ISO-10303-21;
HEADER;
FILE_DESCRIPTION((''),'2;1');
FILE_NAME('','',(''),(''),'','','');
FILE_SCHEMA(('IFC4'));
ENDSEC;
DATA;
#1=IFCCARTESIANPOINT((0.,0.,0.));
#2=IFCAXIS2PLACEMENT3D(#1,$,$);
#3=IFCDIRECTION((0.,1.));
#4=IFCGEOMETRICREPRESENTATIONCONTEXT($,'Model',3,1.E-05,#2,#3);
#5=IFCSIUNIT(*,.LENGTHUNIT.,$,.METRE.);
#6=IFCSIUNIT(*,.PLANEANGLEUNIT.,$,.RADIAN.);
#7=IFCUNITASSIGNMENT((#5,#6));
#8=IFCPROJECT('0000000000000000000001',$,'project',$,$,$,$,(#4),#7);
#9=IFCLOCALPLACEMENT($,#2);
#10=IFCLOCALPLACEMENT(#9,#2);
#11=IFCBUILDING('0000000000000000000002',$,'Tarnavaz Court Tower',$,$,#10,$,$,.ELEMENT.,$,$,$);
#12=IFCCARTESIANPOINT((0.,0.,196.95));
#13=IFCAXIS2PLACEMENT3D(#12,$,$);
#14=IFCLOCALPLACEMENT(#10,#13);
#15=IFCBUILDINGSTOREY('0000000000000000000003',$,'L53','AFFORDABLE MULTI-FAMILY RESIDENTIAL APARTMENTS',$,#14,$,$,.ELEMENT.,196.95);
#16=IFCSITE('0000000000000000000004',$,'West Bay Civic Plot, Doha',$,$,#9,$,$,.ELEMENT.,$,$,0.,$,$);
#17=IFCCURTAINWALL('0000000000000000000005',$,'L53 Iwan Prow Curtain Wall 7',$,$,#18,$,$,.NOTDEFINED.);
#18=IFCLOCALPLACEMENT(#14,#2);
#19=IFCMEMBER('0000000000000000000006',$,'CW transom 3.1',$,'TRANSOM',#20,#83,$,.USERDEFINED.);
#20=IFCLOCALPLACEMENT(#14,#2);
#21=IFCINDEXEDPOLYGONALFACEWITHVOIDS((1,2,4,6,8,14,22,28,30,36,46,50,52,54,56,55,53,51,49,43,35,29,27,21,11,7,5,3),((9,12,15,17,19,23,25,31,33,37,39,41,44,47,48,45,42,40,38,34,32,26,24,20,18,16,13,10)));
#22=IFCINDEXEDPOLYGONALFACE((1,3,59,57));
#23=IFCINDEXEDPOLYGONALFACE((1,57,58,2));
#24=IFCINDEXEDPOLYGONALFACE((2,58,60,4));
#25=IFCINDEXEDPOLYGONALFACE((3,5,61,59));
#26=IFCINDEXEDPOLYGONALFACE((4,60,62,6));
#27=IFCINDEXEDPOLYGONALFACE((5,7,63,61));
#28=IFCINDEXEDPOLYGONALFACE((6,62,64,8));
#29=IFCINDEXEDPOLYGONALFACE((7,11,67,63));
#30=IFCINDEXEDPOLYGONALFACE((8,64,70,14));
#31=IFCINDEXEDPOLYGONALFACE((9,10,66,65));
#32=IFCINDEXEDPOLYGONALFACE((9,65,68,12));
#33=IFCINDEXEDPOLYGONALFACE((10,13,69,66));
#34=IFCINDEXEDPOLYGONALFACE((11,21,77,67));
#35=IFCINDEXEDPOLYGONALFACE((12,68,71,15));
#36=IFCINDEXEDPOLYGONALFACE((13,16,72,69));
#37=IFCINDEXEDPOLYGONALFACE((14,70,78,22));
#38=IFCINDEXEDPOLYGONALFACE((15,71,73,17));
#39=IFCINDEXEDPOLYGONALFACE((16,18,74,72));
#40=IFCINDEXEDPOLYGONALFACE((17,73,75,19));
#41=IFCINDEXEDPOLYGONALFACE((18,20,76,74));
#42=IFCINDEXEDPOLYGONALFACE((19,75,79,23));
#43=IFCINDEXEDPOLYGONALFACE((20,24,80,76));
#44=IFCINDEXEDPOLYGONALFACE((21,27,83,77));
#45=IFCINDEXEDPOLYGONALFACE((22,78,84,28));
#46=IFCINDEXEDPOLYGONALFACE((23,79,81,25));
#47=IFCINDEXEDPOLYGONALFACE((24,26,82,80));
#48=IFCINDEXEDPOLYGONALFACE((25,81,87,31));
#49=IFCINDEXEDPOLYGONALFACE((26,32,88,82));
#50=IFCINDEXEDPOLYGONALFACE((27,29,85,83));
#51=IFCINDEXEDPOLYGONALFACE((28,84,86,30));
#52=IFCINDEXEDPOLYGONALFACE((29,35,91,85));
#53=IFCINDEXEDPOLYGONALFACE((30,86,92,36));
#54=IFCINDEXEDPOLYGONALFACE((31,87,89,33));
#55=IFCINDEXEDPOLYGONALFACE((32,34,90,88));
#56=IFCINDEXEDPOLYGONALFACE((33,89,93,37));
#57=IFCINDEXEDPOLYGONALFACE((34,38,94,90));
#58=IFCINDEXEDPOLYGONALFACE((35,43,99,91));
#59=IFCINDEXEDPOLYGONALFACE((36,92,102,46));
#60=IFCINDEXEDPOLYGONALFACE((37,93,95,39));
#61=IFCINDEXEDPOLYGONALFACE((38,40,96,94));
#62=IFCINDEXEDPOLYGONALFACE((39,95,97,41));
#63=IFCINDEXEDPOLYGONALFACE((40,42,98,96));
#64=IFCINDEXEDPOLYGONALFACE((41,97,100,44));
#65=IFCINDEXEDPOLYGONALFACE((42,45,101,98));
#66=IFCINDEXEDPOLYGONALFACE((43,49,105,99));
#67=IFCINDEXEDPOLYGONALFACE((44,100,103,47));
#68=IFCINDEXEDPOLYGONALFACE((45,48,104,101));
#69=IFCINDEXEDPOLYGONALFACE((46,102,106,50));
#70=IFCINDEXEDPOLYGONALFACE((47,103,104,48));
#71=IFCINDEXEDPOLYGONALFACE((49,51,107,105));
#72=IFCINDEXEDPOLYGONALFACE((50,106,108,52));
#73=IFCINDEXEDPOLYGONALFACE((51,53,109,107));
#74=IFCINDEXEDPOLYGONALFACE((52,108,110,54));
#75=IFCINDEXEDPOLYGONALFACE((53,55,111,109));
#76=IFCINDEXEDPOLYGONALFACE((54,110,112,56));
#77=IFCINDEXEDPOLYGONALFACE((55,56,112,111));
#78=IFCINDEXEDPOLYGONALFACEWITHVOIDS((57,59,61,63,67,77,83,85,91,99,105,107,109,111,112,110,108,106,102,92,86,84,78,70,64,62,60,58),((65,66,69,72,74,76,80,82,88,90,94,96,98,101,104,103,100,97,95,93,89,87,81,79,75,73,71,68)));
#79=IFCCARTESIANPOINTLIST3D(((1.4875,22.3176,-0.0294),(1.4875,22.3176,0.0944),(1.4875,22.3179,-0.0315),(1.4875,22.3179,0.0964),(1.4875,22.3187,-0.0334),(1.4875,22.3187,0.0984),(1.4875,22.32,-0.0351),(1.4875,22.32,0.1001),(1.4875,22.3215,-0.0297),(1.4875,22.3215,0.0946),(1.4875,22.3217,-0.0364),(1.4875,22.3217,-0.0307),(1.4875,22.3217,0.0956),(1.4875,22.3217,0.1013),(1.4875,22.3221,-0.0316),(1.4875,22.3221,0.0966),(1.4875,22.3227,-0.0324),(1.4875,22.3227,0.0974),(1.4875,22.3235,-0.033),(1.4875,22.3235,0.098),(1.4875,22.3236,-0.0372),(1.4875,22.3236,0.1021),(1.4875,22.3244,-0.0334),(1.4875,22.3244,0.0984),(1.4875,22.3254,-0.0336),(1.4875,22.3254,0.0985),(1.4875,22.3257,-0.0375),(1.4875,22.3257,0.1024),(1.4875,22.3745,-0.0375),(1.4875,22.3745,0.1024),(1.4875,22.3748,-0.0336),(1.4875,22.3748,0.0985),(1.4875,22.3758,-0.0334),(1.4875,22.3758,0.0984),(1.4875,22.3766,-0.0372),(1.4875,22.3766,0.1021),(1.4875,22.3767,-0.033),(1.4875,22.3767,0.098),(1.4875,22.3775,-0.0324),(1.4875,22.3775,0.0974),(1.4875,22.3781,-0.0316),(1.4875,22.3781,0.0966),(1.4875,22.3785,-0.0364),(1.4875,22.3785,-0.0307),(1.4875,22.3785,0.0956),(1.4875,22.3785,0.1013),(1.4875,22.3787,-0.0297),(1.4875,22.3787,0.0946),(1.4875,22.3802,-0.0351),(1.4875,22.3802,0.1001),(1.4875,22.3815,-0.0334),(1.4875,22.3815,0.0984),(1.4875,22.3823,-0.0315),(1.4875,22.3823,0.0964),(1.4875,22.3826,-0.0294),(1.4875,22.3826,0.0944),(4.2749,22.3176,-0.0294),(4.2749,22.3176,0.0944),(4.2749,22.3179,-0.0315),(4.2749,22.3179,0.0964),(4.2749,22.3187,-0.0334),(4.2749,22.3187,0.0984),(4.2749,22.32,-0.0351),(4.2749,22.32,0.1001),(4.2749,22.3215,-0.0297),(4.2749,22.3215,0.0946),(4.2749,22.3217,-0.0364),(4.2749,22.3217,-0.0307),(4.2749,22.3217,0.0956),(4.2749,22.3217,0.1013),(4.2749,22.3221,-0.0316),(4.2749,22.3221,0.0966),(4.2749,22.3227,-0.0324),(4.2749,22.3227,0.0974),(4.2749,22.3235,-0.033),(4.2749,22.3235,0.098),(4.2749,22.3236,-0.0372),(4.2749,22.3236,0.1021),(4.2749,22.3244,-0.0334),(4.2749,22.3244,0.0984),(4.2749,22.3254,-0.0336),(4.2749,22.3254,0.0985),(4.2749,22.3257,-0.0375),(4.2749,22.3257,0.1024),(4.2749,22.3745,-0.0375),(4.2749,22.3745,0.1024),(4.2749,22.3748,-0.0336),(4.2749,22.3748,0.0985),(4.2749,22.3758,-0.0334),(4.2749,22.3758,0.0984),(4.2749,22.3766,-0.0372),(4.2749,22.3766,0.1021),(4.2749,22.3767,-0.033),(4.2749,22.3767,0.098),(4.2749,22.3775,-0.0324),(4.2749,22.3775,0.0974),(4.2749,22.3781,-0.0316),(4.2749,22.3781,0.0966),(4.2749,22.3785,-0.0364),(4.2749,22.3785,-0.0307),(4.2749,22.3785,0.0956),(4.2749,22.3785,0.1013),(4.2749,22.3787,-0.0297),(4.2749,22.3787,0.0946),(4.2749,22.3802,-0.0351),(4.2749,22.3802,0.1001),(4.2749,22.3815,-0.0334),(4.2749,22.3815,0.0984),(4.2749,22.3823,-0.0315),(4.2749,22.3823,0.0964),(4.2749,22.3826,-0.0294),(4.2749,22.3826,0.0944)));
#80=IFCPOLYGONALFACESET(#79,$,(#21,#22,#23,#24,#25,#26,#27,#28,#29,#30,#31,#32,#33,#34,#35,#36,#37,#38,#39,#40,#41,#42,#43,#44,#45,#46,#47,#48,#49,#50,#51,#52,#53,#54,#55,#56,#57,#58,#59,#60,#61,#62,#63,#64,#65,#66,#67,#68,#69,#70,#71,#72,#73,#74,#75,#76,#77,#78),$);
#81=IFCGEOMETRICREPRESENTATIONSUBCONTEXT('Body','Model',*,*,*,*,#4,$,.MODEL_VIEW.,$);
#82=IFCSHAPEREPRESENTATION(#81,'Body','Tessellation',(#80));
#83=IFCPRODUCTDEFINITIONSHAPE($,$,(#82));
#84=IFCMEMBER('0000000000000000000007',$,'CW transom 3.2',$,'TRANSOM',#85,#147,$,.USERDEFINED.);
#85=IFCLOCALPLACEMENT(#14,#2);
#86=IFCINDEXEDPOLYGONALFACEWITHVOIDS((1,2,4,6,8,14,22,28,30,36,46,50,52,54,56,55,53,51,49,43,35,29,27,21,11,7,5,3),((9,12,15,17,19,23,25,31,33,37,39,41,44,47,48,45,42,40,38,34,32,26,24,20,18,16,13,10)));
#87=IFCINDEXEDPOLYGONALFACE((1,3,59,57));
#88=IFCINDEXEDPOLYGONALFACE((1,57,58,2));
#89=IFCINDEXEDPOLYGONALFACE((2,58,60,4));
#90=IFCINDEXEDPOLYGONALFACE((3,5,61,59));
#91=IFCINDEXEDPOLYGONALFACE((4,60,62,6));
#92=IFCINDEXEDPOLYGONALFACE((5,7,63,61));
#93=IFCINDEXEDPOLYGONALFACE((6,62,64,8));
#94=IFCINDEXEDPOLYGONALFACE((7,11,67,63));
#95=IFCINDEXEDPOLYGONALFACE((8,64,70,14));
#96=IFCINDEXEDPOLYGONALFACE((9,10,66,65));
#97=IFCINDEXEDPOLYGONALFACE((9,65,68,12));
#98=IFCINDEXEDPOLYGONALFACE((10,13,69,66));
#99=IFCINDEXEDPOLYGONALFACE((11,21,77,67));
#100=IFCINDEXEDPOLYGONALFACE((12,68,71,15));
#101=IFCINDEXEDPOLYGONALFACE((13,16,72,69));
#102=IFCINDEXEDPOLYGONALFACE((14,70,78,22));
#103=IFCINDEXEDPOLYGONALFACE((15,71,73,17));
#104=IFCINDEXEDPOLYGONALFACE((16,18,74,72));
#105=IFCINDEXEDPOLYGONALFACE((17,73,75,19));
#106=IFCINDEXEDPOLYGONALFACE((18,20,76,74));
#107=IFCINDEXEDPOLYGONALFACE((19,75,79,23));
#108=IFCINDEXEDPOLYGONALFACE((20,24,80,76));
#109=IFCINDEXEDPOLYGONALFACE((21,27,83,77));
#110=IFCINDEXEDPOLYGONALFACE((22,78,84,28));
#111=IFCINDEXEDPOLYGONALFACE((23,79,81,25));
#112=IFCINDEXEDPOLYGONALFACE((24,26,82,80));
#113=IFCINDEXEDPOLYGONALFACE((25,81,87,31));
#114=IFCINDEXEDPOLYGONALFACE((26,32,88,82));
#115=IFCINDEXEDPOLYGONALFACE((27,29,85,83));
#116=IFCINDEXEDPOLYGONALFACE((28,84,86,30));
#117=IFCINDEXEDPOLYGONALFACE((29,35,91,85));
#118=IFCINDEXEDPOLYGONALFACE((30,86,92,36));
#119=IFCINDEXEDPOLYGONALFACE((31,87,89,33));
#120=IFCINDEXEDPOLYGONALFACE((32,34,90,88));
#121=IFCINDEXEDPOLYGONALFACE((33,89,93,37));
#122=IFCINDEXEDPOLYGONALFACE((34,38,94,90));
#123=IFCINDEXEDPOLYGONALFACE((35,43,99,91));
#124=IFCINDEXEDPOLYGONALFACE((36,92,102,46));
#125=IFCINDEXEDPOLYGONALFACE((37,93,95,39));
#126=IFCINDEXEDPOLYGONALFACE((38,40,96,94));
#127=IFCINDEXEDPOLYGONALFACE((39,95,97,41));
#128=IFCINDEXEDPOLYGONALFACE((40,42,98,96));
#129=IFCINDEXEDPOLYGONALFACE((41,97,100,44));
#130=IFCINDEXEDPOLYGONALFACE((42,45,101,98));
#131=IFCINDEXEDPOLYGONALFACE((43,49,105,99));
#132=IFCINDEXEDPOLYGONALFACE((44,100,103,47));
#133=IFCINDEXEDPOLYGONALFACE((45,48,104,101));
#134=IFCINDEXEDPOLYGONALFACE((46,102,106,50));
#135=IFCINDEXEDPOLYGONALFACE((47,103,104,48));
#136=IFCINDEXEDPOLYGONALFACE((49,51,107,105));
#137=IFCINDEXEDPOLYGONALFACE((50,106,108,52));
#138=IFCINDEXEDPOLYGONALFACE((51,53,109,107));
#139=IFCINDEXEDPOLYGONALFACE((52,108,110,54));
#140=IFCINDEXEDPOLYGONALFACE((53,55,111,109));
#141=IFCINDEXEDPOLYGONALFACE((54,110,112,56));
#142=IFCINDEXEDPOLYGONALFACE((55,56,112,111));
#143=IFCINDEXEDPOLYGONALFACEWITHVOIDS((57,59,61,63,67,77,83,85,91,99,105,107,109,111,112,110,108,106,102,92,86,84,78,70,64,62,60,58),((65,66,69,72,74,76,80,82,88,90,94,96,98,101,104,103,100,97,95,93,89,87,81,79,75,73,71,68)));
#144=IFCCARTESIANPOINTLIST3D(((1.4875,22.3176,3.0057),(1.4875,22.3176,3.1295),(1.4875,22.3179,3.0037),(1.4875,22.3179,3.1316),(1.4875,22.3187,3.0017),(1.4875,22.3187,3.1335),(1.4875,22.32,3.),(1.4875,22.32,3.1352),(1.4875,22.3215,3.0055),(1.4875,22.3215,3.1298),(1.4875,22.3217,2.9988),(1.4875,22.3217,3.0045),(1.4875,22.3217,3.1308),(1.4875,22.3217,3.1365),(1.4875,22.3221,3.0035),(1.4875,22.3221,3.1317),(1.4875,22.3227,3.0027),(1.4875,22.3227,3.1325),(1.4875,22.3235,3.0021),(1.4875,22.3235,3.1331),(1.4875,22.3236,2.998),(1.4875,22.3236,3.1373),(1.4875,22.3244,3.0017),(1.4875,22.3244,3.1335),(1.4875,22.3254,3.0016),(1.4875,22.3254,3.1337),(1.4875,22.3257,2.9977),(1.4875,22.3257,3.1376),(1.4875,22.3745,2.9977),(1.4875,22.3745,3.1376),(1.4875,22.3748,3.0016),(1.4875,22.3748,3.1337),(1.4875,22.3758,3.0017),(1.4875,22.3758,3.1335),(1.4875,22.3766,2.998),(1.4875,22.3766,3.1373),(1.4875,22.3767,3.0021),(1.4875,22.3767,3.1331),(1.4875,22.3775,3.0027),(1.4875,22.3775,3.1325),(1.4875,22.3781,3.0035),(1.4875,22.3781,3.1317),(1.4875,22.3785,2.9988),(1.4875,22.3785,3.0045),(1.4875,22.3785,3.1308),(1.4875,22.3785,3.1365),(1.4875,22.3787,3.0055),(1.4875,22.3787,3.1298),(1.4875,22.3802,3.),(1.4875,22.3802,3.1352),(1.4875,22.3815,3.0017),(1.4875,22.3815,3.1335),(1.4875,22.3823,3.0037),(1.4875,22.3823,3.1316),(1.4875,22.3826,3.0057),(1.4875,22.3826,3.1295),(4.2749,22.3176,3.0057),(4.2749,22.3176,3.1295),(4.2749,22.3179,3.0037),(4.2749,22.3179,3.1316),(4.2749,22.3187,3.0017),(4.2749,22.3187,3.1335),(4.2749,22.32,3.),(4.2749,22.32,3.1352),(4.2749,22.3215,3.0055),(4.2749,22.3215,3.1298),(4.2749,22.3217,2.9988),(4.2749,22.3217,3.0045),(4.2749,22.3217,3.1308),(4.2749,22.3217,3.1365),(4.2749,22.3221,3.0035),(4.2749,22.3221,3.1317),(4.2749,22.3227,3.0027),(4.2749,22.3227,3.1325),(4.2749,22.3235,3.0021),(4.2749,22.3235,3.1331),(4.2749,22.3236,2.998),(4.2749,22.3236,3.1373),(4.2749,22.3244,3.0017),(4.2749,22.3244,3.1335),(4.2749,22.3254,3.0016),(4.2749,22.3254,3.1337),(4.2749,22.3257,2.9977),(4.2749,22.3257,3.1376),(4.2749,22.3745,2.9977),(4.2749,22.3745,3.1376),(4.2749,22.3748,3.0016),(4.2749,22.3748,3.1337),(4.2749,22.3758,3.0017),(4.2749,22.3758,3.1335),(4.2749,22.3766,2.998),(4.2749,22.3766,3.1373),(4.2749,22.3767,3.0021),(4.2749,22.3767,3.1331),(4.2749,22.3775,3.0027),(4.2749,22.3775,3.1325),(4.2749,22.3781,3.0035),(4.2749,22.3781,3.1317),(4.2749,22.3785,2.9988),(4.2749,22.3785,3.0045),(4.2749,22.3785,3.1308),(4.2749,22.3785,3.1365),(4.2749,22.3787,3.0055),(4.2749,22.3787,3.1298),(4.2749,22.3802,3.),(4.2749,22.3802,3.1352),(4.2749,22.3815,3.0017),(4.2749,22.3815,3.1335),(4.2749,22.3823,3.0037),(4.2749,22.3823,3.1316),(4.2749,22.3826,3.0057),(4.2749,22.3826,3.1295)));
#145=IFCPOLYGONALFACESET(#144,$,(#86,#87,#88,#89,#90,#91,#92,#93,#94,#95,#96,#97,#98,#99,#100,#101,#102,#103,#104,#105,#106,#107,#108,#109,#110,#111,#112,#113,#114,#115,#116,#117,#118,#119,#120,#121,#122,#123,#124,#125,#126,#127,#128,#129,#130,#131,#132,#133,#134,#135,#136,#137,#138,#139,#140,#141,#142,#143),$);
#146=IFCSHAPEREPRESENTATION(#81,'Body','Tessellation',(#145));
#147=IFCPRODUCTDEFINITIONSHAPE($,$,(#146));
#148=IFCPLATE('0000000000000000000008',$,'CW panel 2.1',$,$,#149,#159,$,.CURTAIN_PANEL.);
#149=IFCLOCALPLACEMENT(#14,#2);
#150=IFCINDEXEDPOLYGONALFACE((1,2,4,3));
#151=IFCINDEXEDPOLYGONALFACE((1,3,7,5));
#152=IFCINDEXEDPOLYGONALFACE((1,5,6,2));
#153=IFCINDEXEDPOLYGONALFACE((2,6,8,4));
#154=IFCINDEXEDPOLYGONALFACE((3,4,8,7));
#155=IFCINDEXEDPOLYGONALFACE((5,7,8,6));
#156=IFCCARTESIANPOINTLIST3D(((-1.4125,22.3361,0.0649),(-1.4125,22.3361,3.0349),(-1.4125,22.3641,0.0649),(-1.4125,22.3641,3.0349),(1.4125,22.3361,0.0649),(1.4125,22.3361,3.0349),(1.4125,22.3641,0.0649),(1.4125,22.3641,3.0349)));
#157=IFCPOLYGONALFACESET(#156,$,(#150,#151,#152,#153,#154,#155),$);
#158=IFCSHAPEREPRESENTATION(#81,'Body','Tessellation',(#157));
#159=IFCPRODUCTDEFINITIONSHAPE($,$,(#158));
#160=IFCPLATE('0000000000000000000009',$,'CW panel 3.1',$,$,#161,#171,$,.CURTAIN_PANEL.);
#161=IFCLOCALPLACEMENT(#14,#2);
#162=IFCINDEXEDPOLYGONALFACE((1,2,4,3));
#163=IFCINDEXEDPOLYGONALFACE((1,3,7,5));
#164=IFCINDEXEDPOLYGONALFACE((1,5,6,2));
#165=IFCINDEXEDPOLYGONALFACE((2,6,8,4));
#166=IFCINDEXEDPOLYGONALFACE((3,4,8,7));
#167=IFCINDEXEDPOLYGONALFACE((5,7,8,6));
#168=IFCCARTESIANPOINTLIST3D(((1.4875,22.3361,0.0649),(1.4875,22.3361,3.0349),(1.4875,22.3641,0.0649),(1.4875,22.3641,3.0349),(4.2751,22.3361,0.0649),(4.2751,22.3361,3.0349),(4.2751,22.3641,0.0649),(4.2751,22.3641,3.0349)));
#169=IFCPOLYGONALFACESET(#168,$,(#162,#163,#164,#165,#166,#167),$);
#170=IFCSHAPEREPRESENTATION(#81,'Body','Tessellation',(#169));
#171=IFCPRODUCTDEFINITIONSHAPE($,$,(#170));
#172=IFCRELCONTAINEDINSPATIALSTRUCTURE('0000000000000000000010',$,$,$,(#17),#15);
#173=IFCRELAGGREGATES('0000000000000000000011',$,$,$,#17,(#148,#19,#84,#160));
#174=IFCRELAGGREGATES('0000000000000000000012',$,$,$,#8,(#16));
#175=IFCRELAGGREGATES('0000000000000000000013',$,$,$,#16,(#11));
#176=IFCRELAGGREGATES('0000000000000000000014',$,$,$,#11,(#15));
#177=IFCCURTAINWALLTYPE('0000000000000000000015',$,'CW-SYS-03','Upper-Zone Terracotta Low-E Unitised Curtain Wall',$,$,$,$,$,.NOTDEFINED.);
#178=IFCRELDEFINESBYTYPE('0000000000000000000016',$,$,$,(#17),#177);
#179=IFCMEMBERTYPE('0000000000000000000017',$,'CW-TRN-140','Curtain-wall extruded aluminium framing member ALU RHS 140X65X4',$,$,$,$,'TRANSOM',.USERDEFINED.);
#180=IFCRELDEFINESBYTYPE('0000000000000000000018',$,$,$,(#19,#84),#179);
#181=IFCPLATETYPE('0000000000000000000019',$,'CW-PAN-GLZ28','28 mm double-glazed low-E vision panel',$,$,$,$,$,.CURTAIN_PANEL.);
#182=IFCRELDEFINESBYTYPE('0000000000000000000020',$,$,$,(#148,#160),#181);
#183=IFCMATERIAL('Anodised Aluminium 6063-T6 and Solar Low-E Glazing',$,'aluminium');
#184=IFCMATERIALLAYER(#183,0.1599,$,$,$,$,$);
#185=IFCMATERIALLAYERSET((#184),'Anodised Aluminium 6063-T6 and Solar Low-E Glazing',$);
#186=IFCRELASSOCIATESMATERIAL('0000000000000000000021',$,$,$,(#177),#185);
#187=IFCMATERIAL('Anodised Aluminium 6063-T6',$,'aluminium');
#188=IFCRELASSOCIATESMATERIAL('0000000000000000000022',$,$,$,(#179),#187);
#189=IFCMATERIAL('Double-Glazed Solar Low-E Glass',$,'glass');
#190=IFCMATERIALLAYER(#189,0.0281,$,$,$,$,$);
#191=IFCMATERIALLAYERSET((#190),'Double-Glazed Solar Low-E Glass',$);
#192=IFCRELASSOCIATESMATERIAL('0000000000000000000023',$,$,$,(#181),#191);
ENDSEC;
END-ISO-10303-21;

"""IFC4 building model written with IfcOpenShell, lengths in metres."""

from ifc_helpers import new_model, si_unit, direction, frame, origin, origin_2d, place, context, subcontext, project, spatial, rectangle, hollow_rectangle, extrude, material, layer, layer_set, material_profile, profile_set, type_object, element, aggregate, save


model = new_model("IFC4")

# Units and contexts
model_context = context("Model", 3, precision=1e-05, world=origin(), true_north=direction((0.0, 1.0)))
body_context = subcontext(model_context, "Body", "Model", "MODEL_VIEW")
ifc_project = project(units=[si_unit("LENGTHUNIT", "METRE"), si_unit("PLANEANGLEUNIT", "RADIAN")], contexts=[model_context])

# Site, building, storey
site_placement = place(None, origin())
site = spatial("IfcSite", under=ifc_project, at=site_placement, Name="West Bay Civic Plot, Doha", CompositionType="ELEMENT", RefElevation=0.0)
building_placement = place(site_placement, origin())
building = spatial("IfcBuilding", under=site, at=building_placement, Name="Tarnavaz Court Tower", CompositionType="ELEMENT")
storey_placement = place(building_placement, frame((0.0, 0.0, 196.95)))
storey = spatial("IfcBuildingStorey", under=building, at=storey_placement, Name="L53", Description="AFFORDABLE MULTI-FAMILY RESIDENTIAL APARTMENTS", CompositionType="ELEMENT", Elevation=196.95)

# Curtain wall, members, plates
ifc_material_1 = material(Name="Anodised Aluminium 6063-T6 and Solar Low-E Glazing", Category="aluminium")
ifc_layer_1 = layer(ifc_material_1, 0.1599)
ifc_layer_set_1 = layer_set([ifc_layer_1], Name="Anodised Aluminium 6063-T6 and Solar Low-E Glazing")
curtain_wall_type = type_object("IfcCurtainWallType", Name="CW-SYS-03", Description="Upper-Zone Terracotta Low-E Unitised Curtain Wall", PredefinedType="NOTDEFINED", material=ifc_layer_set_1)
curtain_wall_placement = place(storey_placement, origin())
curtain_wall = element("IfcCurtainWall", 1, at=curtain_wall_placement, inside=storey, type_object=curtain_wall_type, Name="L53 Iwan Prow Curtain Wall 7", PredefinedType="NOTDEFINED")
ifc_material_2 = material(Name="Anodised Aluminium 6063-T6", Category="aluminium")
ifc_material_profile_1 = material_profile(ifc_material_2, hollow_rectangle(XDim=0.0649, YDim=0.1399, WallThickness=0.0039, InnerFilletRadius=0.0039, OuterFilletRadius=0.0081, at=origin_2d()), Name="ALU RHS 140X65X4")
ifc_profile_set_1 = profile_set([ifc_material_profile_1], Name="Anodised Aluminium 6063-T6")
member_type_1 = type_object("IfcMemberType", Name="CW-TRN-140", Description="Curtain-wall extruded aluminium framing member ALU RHS 140X65X4", ElementType="TRANSOM", PredefinedType="USERDEFINED", material=ifc_profile_set_1)
member_1_placement = place(storey_placement, frame((1.4875, 22.3501, 0.0325), z_axis=(1.0, 0.0, 0.0), x_axis=(0.0, 1.0, 0.0)))
member_1 = element("IfcMember", 2, at=member_1_placement, type_object=member_type_1, Name="CW transom 3.1", ObjectType="TRANSOM", PredefinedType="USERDEFINED", context=body_context, shape_type="SweptSolid", body=[
    extrude(hollow_rectangle(XDim=0.0649, YDim=0.1399, WallThickness=0.0039, InnerFilletRadius=0.0039, OuterFilletRadius=0.0081, at=origin_2d()), origin(), (0.0, 0.0, 1.0), 2.7874),
])
member_2_placement = place(storey_placement, frame((1.4875, 22.3501, 3.0676), z_axis=(1.0, 0.0, 0.0), x_axis=(0.0, 1.0, 0.0)))
member_2 = element("IfcMember", 3, at=member_2_placement, type_object=member_type_1, Name="CW transom 3.2", ObjectType="TRANSOM", PredefinedType="USERDEFINED", context=body_context, shape_type="SweptSolid", body=[
    extrude(hollow_rectangle(XDim=0.0649, YDim=0.1399, WallThickness=0.0039, InnerFilletRadius=0.0039, OuterFilletRadius=0.0081, at=origin_2d()), origin(), (0.0, 0.0, 1.0), 2.7874),
])
ifc_material_3 = material(Name="Double-Glazed Solar Low-E Glass", Category="glass")
ifc_layer_2 = layer(ifc_material_3, 0.0281)
ifc_layer_set_2 = layer_set([ifc_layer_2], Name="Double-Glazed Solar Low-E Glass")
plate_type = type_object("IfcPlateType", Name="CW-PAN-GLZ28", Description="28 mm double-glazed low-E vision panel", PredefinedType="CURTAIN_PANEL", material=ifc_layer_set_2)
plate_1_placement = place(storey_placement, frame((0.0, 22.3501, 0.0649), z_axis=(0.0, 0.0, 1.0), x_axis=(1.0, 0.0, 0.0)))
plate_1 = element("IfcPlate", 4, at=plate_1_placement, type_object=plate_type, Name="CW panel 2.1", PredefinedType="CURTAIN_PANEL", context=body_context, shape_type="SweptSolid", body=[
    extrude(rectangle(XDim=2.825, YDim=0.0281, at=origin_2d()), origin(), (0.0, 0.0, 1.0), 2.97),
])
plate_2_placement = place(storey_placement, frame((2.8813, 22.3501, 0.0649), z_axis=(0.0, 0.0, 1.0), x_axis=(1.0, 0.0, 0.0)))
plate_2 = element("IfcPlate", 5, at=plate_2_placement, type_object=plate_type, Name="CW panel 3.1", PredefinedType="CURTAIN_PANEL", context=body_context, shape_type="SweptSolid", body=[
    extrude(rectangle(XDim=2.7876, YDim=0.0281, at=origin_2d()), origin(), (0.0, 0.0, 1.0), 2.97),
])
aggregate(curtain_wall, [plate_1, member_1, member_2, plate_2])

save(model, "model.ifc")
